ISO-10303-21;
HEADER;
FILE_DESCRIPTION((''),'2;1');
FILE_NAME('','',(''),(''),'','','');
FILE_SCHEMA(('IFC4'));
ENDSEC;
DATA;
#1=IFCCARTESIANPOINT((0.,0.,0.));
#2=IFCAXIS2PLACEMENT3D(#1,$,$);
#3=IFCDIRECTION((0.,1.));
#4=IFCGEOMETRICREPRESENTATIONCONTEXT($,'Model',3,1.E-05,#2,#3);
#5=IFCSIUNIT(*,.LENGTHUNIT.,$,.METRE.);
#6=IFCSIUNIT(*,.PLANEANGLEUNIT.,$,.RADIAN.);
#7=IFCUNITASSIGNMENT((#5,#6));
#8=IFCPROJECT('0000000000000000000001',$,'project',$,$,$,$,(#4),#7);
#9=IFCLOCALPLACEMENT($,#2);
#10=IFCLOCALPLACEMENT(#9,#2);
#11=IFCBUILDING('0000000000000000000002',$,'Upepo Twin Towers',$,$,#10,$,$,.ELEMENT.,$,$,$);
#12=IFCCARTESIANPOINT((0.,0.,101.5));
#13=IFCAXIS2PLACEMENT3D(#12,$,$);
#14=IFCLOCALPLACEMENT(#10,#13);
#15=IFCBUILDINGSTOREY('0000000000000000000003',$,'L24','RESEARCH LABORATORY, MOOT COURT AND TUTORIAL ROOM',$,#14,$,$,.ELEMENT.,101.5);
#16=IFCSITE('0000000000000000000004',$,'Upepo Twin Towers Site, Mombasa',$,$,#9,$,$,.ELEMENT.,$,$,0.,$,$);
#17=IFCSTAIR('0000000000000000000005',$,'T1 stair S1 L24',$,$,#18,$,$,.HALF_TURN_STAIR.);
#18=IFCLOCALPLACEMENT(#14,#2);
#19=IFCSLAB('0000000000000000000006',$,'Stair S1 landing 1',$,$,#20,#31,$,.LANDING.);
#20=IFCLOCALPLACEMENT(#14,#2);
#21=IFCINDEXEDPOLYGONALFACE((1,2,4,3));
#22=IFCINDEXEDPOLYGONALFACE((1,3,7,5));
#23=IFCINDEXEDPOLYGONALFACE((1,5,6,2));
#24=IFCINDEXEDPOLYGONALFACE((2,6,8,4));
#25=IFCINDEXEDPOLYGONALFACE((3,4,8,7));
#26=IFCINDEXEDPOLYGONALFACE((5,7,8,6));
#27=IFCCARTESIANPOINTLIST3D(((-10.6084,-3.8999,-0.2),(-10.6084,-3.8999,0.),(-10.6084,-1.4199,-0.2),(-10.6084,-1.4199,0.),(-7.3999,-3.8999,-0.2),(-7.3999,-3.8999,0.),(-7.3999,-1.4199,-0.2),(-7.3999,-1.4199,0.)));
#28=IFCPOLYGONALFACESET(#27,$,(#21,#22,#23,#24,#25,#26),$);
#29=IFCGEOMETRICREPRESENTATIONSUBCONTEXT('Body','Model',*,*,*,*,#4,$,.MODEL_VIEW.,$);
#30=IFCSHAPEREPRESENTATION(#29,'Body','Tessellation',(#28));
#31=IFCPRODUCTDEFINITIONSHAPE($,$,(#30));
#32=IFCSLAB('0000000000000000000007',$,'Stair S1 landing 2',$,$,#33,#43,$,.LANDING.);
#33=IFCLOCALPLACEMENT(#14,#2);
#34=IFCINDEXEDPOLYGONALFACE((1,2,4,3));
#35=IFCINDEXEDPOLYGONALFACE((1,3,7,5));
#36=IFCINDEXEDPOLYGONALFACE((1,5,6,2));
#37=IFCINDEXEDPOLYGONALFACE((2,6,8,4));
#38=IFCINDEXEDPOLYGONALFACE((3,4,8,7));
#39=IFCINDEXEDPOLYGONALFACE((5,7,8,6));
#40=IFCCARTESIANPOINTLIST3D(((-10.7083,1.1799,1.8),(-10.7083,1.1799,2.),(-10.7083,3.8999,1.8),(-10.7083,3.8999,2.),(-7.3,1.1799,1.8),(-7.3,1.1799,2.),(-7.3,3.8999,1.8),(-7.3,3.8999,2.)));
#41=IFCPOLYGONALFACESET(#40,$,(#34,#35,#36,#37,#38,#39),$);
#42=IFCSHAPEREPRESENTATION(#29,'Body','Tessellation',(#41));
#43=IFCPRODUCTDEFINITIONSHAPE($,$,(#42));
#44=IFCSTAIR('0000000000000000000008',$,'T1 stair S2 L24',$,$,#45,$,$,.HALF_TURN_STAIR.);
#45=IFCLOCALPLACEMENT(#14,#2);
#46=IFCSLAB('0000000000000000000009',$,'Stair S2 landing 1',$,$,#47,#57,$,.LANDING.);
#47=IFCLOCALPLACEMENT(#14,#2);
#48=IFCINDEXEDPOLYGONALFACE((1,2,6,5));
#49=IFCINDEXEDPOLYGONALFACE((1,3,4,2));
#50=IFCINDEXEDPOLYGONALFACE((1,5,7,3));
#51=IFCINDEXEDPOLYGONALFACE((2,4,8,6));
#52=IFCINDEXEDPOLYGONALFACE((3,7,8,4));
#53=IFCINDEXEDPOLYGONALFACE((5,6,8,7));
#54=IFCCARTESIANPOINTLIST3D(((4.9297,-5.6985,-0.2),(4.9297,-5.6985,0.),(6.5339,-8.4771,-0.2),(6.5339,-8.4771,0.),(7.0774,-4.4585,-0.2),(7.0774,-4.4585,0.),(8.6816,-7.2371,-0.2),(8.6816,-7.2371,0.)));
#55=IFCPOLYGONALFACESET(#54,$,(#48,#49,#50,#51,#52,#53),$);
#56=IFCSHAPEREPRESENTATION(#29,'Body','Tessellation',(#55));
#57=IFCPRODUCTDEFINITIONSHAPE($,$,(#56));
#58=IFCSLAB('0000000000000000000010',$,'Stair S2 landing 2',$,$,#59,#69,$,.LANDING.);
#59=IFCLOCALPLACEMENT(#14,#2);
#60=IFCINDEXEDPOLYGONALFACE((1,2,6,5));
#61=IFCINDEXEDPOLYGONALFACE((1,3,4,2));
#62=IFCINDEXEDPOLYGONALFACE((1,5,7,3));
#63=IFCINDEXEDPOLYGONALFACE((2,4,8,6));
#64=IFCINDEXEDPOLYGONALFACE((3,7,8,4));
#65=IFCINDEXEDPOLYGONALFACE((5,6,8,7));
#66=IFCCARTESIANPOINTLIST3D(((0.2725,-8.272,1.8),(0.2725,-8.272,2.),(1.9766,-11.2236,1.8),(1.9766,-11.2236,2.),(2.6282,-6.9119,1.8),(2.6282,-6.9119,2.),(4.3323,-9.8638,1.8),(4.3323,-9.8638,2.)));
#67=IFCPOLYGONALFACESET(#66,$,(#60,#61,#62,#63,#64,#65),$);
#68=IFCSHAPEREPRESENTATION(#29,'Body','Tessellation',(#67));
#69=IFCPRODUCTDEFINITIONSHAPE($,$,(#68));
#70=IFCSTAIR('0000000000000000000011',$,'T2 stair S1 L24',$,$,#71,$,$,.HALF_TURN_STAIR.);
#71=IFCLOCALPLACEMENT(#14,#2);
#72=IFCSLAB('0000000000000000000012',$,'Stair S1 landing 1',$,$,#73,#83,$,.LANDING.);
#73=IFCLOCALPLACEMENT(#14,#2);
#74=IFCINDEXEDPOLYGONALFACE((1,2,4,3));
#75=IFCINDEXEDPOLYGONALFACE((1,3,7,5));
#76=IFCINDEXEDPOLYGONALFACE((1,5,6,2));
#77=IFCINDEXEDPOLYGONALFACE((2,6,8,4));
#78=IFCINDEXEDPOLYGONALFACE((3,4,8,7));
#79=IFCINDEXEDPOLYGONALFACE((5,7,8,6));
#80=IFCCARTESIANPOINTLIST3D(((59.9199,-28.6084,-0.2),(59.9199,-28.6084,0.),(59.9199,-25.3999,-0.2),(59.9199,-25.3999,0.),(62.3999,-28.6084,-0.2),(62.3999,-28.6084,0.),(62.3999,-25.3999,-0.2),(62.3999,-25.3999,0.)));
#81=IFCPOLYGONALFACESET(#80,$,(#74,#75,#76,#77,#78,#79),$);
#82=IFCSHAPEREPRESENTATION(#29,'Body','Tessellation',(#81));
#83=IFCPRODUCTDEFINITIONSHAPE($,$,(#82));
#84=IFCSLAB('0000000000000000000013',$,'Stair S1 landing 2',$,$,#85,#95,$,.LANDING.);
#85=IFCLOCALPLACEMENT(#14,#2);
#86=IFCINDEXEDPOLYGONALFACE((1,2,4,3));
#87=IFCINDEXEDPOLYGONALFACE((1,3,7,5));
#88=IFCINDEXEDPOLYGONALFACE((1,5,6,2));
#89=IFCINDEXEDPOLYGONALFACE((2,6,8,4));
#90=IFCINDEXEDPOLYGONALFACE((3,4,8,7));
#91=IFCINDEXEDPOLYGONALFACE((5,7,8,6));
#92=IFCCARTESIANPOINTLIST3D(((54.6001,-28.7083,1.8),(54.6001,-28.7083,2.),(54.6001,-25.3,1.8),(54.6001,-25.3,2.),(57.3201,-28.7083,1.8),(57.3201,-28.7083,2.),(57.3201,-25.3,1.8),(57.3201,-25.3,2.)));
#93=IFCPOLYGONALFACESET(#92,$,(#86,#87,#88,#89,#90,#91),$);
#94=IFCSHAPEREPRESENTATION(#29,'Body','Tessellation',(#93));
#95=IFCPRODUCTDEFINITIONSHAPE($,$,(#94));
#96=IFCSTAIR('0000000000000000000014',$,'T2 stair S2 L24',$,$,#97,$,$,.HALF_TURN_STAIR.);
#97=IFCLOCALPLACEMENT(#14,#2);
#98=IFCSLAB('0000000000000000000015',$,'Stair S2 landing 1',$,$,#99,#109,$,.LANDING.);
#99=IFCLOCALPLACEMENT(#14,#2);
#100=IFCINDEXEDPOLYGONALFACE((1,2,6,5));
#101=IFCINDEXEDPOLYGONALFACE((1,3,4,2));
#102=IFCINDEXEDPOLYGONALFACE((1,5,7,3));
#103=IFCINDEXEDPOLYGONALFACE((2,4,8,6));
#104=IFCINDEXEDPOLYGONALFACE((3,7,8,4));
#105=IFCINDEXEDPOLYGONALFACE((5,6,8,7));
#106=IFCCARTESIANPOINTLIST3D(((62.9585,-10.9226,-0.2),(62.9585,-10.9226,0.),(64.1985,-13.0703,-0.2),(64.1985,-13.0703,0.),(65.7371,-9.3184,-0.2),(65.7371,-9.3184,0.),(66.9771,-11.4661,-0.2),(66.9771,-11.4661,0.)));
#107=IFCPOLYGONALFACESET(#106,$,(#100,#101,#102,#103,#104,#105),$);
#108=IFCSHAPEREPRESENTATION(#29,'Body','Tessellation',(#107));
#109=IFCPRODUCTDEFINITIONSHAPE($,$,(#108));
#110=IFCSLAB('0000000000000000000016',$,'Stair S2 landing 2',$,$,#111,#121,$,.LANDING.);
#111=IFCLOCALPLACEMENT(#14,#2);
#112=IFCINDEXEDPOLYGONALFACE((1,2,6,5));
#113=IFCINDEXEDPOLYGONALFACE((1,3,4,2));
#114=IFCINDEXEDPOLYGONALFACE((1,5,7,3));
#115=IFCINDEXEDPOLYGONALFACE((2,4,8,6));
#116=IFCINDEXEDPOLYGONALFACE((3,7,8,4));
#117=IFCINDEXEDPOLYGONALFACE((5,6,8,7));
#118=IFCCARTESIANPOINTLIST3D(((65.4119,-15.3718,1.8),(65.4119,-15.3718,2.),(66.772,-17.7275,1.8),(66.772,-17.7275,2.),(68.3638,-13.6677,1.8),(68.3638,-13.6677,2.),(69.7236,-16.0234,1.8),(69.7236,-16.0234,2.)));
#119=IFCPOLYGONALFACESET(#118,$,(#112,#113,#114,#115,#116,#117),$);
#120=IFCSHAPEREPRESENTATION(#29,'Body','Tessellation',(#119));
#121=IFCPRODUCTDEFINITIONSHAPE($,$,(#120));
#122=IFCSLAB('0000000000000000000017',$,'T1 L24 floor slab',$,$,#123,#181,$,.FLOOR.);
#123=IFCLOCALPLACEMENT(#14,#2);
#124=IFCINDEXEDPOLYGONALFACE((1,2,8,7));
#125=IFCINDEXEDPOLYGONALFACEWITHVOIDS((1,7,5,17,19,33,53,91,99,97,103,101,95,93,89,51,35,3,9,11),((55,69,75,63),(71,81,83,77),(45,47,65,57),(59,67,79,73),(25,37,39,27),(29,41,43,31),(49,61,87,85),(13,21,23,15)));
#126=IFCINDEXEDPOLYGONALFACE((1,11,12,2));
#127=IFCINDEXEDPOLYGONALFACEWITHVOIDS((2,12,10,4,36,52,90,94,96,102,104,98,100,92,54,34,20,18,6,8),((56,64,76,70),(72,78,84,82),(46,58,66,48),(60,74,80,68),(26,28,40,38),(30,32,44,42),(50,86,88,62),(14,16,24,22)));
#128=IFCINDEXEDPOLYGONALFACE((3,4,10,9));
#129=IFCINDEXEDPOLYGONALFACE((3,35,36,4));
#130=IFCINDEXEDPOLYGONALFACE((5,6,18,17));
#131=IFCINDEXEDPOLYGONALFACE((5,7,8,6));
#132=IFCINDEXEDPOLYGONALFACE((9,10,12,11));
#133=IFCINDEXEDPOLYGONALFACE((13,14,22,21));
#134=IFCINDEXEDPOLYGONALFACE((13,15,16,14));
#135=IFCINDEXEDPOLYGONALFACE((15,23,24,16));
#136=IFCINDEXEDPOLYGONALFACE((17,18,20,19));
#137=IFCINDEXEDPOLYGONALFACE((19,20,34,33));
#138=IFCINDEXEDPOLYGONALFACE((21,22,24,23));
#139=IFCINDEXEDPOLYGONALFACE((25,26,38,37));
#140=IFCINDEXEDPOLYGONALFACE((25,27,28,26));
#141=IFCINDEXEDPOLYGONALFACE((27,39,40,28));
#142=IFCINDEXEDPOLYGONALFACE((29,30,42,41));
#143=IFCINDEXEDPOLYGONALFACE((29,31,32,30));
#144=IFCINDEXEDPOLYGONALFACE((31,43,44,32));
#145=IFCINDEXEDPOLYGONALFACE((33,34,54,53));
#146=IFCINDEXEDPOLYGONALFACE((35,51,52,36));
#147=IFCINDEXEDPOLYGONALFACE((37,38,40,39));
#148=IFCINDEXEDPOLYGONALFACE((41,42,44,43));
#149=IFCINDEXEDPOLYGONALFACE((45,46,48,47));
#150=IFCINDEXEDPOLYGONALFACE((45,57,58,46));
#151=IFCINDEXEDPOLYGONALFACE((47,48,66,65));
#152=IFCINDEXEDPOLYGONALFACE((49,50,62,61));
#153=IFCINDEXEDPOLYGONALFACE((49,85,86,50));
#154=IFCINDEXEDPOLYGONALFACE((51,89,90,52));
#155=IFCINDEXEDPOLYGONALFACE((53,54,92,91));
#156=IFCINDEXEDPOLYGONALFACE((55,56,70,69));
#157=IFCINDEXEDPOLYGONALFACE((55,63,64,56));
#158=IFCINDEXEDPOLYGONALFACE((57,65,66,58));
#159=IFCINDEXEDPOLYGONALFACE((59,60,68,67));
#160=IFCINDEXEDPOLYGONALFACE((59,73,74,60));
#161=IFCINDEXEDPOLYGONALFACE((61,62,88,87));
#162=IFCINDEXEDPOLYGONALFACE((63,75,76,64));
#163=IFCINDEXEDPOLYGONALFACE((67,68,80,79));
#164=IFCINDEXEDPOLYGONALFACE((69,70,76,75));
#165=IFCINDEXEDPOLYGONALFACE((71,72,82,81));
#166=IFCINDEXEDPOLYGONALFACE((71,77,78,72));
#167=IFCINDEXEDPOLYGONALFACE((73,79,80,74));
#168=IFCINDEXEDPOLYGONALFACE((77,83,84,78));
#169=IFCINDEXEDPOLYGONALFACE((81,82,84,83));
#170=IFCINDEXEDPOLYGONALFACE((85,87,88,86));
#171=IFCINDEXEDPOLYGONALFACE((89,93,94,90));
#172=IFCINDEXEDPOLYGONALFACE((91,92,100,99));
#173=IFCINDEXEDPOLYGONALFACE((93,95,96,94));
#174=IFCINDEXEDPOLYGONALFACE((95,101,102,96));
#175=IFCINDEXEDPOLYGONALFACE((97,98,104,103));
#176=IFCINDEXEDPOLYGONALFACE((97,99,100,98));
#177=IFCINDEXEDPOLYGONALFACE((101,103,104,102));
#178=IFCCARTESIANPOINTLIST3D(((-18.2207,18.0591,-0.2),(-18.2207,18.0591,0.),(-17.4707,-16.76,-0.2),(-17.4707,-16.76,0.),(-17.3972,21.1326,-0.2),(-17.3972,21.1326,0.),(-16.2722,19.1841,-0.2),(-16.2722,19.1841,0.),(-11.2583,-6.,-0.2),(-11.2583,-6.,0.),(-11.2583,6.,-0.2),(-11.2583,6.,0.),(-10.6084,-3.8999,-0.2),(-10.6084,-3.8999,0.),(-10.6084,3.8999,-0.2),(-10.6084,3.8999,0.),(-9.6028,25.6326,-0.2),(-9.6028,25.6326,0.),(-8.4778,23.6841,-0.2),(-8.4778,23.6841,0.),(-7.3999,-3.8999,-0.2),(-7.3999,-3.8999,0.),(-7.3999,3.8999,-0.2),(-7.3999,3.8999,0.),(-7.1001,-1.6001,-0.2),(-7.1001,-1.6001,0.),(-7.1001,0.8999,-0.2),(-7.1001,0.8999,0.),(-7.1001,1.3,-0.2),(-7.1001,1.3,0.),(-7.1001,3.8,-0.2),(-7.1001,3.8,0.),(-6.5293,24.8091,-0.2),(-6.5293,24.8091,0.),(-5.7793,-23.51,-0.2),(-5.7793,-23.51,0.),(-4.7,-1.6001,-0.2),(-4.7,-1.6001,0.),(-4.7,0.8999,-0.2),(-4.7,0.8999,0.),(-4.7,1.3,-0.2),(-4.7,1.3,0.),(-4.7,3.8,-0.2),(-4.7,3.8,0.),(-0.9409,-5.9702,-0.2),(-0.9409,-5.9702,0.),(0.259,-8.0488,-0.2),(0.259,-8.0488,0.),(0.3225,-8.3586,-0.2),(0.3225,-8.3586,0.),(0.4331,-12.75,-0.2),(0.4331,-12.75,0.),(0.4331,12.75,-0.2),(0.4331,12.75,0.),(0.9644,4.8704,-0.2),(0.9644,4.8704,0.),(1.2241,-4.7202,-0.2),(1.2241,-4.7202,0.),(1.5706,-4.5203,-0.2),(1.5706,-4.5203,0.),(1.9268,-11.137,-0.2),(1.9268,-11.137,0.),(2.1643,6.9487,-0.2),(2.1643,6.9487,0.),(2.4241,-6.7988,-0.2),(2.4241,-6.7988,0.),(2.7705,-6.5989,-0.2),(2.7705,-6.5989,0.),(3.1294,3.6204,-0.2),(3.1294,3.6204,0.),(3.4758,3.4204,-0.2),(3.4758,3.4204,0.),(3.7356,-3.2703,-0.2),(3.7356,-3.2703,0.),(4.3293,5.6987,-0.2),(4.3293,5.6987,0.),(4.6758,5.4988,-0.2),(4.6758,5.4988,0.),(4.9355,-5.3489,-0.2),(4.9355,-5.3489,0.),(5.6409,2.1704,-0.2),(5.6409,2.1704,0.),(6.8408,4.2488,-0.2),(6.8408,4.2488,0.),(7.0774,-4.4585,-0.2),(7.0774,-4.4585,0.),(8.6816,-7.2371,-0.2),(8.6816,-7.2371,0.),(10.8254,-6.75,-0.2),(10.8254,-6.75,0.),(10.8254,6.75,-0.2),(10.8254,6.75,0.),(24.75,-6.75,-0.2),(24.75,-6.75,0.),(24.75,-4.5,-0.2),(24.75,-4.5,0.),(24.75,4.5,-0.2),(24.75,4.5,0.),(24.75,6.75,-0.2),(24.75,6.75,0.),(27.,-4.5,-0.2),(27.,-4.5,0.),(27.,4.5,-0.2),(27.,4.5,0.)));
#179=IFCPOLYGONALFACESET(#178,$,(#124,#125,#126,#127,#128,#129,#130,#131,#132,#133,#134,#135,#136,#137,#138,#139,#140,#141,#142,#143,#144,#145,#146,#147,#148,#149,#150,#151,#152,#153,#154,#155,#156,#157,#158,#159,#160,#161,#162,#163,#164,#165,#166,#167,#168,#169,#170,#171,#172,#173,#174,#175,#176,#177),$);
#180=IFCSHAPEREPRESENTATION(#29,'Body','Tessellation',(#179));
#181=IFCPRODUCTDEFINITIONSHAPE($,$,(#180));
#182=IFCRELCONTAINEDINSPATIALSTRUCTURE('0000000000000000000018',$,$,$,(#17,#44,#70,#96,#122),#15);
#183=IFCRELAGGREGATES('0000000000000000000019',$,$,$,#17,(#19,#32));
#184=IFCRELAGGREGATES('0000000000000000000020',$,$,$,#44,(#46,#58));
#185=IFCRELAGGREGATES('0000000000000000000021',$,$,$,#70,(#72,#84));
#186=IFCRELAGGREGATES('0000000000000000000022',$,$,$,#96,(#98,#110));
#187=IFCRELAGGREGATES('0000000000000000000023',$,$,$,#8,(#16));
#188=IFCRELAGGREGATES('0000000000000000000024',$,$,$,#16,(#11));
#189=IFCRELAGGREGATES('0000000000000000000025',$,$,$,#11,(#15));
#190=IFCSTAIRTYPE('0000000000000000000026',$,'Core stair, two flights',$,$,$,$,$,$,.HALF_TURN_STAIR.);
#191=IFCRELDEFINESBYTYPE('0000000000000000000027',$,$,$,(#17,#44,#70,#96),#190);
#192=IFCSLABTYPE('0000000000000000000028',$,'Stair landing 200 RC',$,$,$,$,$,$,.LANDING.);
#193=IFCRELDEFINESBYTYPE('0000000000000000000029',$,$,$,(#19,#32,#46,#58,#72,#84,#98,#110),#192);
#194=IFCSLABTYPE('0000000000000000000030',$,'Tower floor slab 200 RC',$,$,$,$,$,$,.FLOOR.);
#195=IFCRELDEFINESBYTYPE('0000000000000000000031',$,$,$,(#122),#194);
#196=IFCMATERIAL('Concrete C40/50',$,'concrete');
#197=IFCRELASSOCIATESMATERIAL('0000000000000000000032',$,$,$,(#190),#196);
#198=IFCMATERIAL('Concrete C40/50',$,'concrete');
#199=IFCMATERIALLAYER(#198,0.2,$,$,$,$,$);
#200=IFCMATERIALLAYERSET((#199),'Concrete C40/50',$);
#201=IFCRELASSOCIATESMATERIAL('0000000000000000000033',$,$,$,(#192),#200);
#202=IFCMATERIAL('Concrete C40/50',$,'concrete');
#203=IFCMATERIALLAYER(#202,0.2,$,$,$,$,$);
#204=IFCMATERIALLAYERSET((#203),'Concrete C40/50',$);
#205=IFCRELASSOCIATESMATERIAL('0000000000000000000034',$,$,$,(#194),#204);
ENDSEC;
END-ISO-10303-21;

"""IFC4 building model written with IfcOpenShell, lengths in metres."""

from ifc_helpers import new_model, si_unit, direction, frame, origin, place, context, subcontext, project, spatial, polyline, outline, extrude, material, layer, layer_set, type_object, element, aggregate, save


model = new_model("IFC4")

# Units and contexts
model_context = context("Model", 3, precision=1e-05, world=origin(), true_north=direction((0.0, 1.0)))
body_context = subcontext(model_context, "Body", "Model", "MODEL_VIEW")
ifc_project = project(units=[si_unit("LENGTHUNIT", "METRE"), si_unit("PLANEANGLEUNIT", "RADIAN")], contexts=[model_context])

# Site, building, storey
site_placement = place(None, origin())
site = spatial("IfcSite", under=ifc_project, at=site_placement, Name="Upepo Twin Towers Site, Mombasa", CompositionType="ELEMENT", RefElevation=0.0)
building_placement = place(site_placement, origin())
building = spatial("IfcBuilding", under=site, at=building_placement, Name="Upepo Twin Towers", CompositionType="ELEMENT")
storey_placement = place(building_placement, frame((0.0, 0.0, 101.5)))
storey = spatial("IfcBuildingStorey", under=building, at=storey_placement, Name="L24", Description="RESEARCH LABORATORY, MOOT COURT AND TUTORIAL ROOM", CompositionType="ELEMENT", Elevation=101.5)

# Stairs, slabs
ifc_material_1 = material(Name="Concrete C40/50", Category="concrete")
stair_type = type_object("IfcStairType", Name="Core stair, two flights", PredefinedType="HALF_TURN_STAIR", material=ifc_material_1)
stair_1_placement = place(storey_placement, origin())
stair_1 = element("IfcStair", 1, at=stair_1_placement, inside=storey, type_object=stair_type, Name="T1 stair S1 L24", PredefinedType="HALF_TURN_STAIR")
ifc_material_2 = material(Name="Concrete C40/50", Category="concrete")
ifc_layer_1 = layer(ifc_material_2, 0.2)
ifc_layer_set_1 = layer_set([ifc_layer_1], Name="Concrete C40/50")
slab_type_1 = type_object("IfcSlabType", Name="Stair landing 200 RC", PredefinedType="LANDING", material=ifc_layer_set_1)
slab_1_placement = place(storey_placement, frame((0.0, 0.0, -0.2)))
slab_1 = element("IfcSlab", 2, at=slab_1_placement, type_object=slab_type_1, Name="Stair S1 landing 1", PredefinedType="LANDING", context=body_context, shape_type="SweptSolid", body=[
    extrude(outline(polyline([(-7.3999, -1.4199), (-10.6084, -1.4199), (-10.6084, -3.8999), (-7.3999, -3.8999), (-7.3999, -1.4199)])), origin(), (0.0, 0.0, 1.0), 0.2),
])
slab_2_placement = place(storey_placement, frame((0.0, 0.0, 1.8)))
slab_2 = element("IfcSlab", 3, at=slab_2_placement, type_object=slab_type_1, Name="Stair S1 landing 2", PredefinedType="LANDING", context=body_context, shape_type="SweptSolid", body=[
    extrude(outline(polyline([(-7.3, 3.8999), (-10.7083, 3.8999), (-10.7083, 1.1799), (-7.3, 1.1799), (-7.3, 3.8999)])), origin(), (0.0, 0.0, 1.0), 0.2),
])
aggregate(stair_1, [slab_1, slab_2])
stair_2_placement = place(storey_placement, origin())
stair_2 = element("IfcStair", 4, at=stair_2_placement, inside=storey, type_object=stair_type, Name="T1 stair S2 L24", PredefinedType="HALF_TURN_STAIR")
slab_3_placement = place(storey_placement, frame((0.0, 0.0, -0.2)))
slab_3 = element("IfcSlab", 5, at=slab_3_placement, type_object=slab_type_1, Name="Stair S2 landing 1", PredefinedType="LANDING", context=body_context, shape_type="SweptSolid", body=[
    extrude(outline(polyline([(4.9297, -5.6985), (6.5339, -8.4771), (8.6816, -7.2371), (7.0774, -4.4585), (4.9297, -5.6985)])), origin(), (0.0, 0.0, 1.0), 0.2),
])
slab_4_placement = place(storey_placement, frame((0.0, 0.0, 1.8)))
slab_4 = element("IfcSlab", 6, at=slab_4_placement, type_object=slab_type_1, Name="Stair S2 landing 2", PredefinedType="LANDING", context=body_context, shape_type="SweptSolid", body=[
    extrude(outline(polyline([(0.2725, -8.272), (1.9766, -11.2236), (4.3323, -9.8638), (2.6282, -6.9119), (0.2725, -8.272)])), origin(), (0.0, 0.0, 1.0), 0.2),
])
aggregate(stair_2, [slab_3, slab_4])
stair_3_placement = place(storey_placement, origin())
stair_3 = element("IfcStair", 7, at=stair_3_placement, inside=storey, type_object=stair_type, Name="T2 stair S1 L24", PredefinedType="HALF_TURN_STAIR")
slab_5_placement = place(storey_placement, frame((0.0, 0.0, -0.2)))
slab_5 = element("IfcSlab", 8, at=slab_5_placement, type_object=slab_type_1, Name="Stair S1 landing 1", PredefinedType="LANDING", context=body_context, shape_type="SweptSolid", body=[
    extrude(outline(polyline([(59.9199, -25.3999), (59.9199, -28.6084), (62.3999, -28.6084), (62.3999, -25.3999), (59.9199, -25.3999)])), origin(), (0.0, 0.0, 1.0), 0.2),
])
slab_6_placement = place(storey_placement, frame((0.0, 0.0, 1.8)))
slab_6 = element("IfcSlab", 9, at=slab_6_placement, type_object=slab_type_1, Name="Stair S1 landing 2", PredefinedType="LANDING", context=body_context, shape_type="SweptSolid", body=[
    extrude(outline(polyline([(54.6001, -25.3), (54.6001, -28.7083), (57.3201, -28.7083), (57.3201, -25.3), (54.6001, -25.3)])), origin(), (0.0, 0.0, 1.0), 0.2),
])
aggregate(stair_3, [slab_5, slab_6])
stair_4_placement = place(storey_placement, origin())
stair_4 = element("IfcStair", 10, at=stair_4_placement, inside=storey, type_object=stair_type, Name="T2 stair S2 L24", PredefinedType="HALF_TURN_STAIR")
slab_7_placement = place(storey_placement, frame((0.0, 0.0, -0.2)))
slab_7 = element("IfcSlab", 11, at=slab_7_placement, type_object=slab_type_1, Name="Stair S2 landing 1", PredefinedType="LANDING", context=body_context, shape_type="SweptSolid", body=[
    extrude(outline(polyline([(64.1985, -13.0703), (66.9771, -11.4661), (65.7371, -9.3184), (62.9585, -10.9226), (64.1985, -13.0703)])), origin(), (0.0, 0.0, 1.0), 0.2),
])
slab_8_placement = place(storey_placement, frame((0.0, 0.0, 1.8)))
slab_8 = element("IfcSlab", 12, at=slab_8_placement, type_object=slab_type_1, Name="Stair S2 landing 2", PredefinedType="LANDING", context=body_context, shape_type="SweptSolid", body=[
    extrude(outline(polyline([(66.772, -17.7275), (69.7236, -16.0234), (68.3638, -13.6677), (65.4119, -15.3718), (66.772, -17.7275)])), origin(), (0.0, 0.0, 1.0), 0.2),
])
aggregate(stair_4, [slab_7, slab_8])

# Slab
ifc_material_3 = material(Name="Concrete C40/50", Category="concrete")
ifc_layer_2 = layer(ifc_material_3, 0.2)
ifc_layer_set_2 = layer_set([ifc_layer_2], Name="Concrete C40/50")
slab_type_2 = type_object("IfcSlabType", Name="Tower floor slab 200 RC", PredefinedType="FLOOR", material=ifc_layer_set_2)
slab_9_placement = place(storey_placement, frame((0.0, 0.0, -0.2)))
element("IfcSlab", 13, at=slab_9_placement, inside=storey, type_object=slab_type_2, Name="T1 L24 floor slab", PredefinedType="FLOOR", context=body_context, shape_type="SweptSolid", body=[
    extrude(outline(polyline([(-17.4707, -16.76), (-11.2583, -6.0), (-11.2583, 6.0), (-18.2207, 18.0591), (-16.2722, 19.1841), (-17.3972, 21.1326), (-9.6028, 25.6326), (-8.4778, 23.6841), (-6.5293, 24.8091), (0.4331, 12.75), (10.8254, 6.75), (24.75, 6.75), (24.75, 4.5), (27.0, 4.5), (27.0, -4.5), (24.75, -4.5), (24.75, -6.75), (10.8254, -6.75), (0.4331, -12.75), (-5.7793, -23.51), (-17.4707, -16.76)]), holes=[polyline([(5.6409, 2.1704), (6.8408, 4.2488), (4.6758, 5.4988), (3.4758, 3.4204), (5.6409, 2.1704)]), polyline([(3.1294, 3.6204), (4.3293, 5.6987), (2.1643, 6.9487), (0.9644, 4.8704), (3.1294, 3.6204)]), polyline([(-4.7, 3.8), (-7.1001, 3.8), (-7.1001, 1.3), (-4.7, 1.3), (-4.7, 3.8)]), polyline([(-4.7, 0.8999), (-7.1001, 0.8999), (-7.1001, -1.6001), (-4.7, -1.6001), (-4.7, 0.8999)]), polyline([(-7.3999, 3.8999), (-10.6084, 3.8999), (-10.6084, -3.8999), (-7.3999, -3.8999), (-7.3999, 3.8999)]), polyline([(-0.9409, -5.9702), (0.259, -8.0488), (2.4241, -6.7988), (1.2241, -4.7202), (-0.9409, -5.9702)]), polyline([(1.5706, -4.5203), (2.7705, -6.5989), (4.9355, -5.3489), (3.7356, -3.2703), (1.5706, -4.5203)]), polyline([(0.3225, -8.3586), (1.9268, -11.137), (8.6816, -7.2371), (7.0774, -4.4585), (0.3225, -8.3586)])]), origin(), (0.0, 0.0, 1.0), 0.2),
])

save(model, "model.ifc")
